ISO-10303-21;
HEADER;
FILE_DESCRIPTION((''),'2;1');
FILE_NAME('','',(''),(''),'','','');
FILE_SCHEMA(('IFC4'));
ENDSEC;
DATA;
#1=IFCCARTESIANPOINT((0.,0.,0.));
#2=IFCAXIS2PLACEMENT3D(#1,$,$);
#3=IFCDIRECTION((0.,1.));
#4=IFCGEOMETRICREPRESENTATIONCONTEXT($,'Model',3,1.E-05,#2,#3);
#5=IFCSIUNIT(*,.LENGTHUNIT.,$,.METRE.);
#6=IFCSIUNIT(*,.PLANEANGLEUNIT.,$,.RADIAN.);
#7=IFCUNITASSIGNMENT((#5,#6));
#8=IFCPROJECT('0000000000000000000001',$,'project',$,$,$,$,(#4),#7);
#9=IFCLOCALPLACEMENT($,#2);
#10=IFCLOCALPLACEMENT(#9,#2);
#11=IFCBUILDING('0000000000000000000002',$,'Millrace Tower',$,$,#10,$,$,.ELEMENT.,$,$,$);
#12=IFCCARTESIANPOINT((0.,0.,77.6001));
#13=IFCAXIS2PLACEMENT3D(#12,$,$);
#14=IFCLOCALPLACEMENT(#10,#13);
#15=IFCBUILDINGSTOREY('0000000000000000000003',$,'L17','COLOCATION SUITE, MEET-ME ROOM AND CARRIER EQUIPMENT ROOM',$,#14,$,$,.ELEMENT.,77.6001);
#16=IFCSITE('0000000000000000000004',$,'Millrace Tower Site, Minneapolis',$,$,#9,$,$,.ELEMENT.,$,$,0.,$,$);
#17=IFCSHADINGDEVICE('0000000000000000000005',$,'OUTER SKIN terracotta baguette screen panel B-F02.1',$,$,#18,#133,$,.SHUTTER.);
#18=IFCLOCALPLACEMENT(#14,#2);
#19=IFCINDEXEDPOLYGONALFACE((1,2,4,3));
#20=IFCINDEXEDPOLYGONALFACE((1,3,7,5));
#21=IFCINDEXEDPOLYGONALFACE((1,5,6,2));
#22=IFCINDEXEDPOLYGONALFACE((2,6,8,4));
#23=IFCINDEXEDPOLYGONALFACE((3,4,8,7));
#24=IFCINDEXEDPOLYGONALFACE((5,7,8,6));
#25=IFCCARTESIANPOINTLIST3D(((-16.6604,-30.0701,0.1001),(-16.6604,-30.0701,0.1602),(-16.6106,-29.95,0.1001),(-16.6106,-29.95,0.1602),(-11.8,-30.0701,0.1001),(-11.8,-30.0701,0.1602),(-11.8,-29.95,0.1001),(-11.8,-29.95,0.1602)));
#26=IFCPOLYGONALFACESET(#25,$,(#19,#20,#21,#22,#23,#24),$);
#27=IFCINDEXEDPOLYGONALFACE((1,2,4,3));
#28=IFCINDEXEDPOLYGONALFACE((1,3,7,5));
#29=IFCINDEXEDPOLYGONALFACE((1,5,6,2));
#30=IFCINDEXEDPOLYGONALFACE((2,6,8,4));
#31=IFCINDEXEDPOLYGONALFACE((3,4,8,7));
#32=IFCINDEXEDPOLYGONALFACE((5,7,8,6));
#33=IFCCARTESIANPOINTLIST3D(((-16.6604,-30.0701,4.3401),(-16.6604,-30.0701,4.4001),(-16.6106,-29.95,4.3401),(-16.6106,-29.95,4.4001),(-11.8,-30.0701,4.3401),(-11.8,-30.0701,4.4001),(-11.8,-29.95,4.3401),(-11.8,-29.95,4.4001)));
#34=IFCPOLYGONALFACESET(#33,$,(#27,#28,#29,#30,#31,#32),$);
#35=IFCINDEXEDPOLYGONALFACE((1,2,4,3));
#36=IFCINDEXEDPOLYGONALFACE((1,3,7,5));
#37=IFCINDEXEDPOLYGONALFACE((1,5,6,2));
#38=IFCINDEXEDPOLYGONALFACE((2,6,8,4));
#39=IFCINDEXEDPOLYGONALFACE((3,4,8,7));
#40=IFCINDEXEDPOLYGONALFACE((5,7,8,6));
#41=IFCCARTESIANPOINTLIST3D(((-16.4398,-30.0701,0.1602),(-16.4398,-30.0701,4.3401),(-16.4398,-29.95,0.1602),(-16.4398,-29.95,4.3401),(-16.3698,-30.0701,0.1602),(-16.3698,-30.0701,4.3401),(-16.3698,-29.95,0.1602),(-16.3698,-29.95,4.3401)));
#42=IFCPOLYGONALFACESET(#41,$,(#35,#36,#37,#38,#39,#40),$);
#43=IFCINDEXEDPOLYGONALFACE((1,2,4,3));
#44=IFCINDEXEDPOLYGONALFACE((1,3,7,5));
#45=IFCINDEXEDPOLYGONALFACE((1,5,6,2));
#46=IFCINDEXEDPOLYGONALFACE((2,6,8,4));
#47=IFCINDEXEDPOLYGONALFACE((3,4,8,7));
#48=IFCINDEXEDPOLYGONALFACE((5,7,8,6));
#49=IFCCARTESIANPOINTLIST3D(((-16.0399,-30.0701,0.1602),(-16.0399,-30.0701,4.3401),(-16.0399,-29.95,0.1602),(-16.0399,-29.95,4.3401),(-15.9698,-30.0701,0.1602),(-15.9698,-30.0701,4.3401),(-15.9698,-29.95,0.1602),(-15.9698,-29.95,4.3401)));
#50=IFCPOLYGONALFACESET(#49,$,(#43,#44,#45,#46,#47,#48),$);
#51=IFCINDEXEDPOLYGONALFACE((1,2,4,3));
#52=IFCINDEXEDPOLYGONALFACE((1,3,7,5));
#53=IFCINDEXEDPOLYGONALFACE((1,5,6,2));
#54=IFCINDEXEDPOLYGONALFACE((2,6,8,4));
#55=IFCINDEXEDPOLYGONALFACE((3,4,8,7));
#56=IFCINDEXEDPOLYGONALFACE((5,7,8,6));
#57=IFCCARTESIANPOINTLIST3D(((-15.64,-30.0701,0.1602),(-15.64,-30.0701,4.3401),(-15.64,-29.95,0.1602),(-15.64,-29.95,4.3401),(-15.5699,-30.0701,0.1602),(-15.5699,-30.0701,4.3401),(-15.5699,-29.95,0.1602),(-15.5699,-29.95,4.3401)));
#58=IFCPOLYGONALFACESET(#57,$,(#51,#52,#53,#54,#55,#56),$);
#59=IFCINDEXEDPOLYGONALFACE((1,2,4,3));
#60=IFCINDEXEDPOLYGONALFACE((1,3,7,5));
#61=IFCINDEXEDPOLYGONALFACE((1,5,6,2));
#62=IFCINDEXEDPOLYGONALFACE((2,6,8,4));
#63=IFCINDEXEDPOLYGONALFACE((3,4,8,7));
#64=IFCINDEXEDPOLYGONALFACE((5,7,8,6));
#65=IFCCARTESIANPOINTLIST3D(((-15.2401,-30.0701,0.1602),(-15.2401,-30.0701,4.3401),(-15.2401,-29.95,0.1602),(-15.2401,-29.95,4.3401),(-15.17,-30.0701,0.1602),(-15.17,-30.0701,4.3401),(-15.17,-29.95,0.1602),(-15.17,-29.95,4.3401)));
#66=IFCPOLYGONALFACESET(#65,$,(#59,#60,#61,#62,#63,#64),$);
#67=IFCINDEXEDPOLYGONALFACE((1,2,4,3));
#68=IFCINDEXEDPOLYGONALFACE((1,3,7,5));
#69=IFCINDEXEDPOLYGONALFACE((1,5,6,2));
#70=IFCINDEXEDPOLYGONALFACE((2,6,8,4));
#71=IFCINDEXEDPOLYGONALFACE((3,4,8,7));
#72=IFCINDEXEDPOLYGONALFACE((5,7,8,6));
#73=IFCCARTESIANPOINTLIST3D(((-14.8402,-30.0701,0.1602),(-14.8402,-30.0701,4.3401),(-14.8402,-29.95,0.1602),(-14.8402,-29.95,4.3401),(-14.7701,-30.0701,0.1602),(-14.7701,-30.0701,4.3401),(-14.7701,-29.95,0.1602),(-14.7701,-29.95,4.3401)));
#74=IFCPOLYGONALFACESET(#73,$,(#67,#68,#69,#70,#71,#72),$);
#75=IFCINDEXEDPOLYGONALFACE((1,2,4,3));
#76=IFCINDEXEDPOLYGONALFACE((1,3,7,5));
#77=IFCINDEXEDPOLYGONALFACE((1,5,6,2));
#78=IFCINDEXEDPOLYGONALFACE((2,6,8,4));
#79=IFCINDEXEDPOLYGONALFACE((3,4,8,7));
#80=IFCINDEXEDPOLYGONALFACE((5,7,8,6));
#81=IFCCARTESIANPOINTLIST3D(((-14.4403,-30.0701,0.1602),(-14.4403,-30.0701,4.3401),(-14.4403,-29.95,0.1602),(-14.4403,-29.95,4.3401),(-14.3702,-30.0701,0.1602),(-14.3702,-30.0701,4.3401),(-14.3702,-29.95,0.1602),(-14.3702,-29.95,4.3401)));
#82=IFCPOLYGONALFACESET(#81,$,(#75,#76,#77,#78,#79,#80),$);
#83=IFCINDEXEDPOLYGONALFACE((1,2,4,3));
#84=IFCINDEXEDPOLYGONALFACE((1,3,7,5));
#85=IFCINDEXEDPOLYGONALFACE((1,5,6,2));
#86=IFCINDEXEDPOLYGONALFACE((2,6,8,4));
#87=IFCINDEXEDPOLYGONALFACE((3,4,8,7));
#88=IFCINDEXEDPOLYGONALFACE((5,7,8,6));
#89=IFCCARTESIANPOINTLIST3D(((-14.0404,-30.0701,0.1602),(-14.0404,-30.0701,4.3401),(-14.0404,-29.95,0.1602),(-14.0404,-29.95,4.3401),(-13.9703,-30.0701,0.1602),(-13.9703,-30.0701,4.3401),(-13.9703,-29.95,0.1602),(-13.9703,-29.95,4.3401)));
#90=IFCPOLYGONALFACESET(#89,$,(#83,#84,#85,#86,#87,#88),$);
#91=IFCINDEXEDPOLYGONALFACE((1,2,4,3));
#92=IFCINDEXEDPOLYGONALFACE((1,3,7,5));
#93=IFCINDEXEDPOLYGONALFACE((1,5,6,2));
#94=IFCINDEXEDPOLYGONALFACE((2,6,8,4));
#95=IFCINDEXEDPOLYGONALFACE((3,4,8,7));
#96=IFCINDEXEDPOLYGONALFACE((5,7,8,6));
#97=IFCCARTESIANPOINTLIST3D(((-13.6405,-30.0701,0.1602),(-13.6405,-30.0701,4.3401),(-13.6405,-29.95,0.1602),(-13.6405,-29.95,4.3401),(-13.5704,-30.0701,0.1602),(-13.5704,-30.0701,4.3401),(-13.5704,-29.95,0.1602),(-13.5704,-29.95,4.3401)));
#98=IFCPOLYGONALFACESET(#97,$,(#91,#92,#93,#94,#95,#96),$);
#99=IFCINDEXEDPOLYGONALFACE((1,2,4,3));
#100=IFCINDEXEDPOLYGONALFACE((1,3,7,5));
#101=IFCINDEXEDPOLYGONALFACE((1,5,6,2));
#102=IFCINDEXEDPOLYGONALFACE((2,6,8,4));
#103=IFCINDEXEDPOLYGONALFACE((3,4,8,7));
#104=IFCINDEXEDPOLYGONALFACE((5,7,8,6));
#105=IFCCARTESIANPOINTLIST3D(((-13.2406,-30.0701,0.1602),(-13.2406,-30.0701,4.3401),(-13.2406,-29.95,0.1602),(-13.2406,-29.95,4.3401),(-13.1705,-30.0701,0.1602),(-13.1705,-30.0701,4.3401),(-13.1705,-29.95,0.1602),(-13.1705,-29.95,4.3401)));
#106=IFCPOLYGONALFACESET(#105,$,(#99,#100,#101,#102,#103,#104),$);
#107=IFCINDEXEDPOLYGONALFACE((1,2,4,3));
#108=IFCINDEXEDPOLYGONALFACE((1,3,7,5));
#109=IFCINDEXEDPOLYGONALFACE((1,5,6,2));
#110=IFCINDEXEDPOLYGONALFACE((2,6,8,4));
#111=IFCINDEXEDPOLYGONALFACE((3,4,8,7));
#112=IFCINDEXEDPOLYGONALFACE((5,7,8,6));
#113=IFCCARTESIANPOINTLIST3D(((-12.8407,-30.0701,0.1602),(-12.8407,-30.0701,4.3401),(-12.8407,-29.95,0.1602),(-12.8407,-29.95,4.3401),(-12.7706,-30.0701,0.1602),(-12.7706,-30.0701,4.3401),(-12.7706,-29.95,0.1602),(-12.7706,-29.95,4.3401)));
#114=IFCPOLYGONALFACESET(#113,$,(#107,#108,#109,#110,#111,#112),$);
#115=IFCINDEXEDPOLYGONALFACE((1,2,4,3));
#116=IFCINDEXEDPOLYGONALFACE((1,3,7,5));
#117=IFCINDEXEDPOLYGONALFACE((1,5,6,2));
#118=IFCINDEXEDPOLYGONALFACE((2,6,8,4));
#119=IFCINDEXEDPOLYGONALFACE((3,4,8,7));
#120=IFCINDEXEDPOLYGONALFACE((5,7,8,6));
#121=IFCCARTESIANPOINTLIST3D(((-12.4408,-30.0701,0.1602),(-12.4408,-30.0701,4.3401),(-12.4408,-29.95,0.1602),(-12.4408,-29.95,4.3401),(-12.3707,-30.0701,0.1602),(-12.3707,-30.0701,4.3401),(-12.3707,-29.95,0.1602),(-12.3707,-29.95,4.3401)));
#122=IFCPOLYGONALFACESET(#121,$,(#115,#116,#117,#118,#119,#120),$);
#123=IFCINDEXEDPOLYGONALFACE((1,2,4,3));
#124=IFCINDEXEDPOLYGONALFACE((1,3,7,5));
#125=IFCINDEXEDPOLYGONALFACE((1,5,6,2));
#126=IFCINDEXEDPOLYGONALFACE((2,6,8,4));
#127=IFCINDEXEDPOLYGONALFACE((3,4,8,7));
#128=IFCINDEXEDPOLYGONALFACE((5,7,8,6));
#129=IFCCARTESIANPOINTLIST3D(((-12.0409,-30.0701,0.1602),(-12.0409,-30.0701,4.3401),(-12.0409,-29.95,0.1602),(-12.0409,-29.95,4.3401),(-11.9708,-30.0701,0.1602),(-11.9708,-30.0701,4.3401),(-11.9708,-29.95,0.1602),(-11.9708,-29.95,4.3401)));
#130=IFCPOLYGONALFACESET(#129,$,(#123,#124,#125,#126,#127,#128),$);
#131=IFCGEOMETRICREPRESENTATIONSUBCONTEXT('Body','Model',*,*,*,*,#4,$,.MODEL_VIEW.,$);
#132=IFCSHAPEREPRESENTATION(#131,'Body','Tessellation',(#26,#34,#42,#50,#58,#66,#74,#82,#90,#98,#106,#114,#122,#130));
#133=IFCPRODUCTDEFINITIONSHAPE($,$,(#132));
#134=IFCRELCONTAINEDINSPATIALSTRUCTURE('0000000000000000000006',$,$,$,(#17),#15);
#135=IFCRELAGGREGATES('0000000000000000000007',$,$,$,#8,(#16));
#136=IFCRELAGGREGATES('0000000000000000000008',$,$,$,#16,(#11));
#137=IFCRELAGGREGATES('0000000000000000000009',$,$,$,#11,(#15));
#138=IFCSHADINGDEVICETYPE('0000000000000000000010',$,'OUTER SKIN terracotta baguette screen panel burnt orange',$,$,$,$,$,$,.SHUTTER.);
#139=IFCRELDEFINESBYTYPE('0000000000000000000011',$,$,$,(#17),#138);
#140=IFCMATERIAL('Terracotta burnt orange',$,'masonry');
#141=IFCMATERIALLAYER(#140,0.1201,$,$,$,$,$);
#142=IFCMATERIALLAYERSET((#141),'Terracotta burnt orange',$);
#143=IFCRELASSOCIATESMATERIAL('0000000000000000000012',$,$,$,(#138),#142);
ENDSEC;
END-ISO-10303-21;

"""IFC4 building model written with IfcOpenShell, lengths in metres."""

from ifc_helpers import new_model, entity, si_unit, direction, frame, frame_2d, origin, place, context, subcontext, project, spatial, rectangle, extrude, source, transform, mapped, material, layer, layer_set, type_object, element, save


model = new_model("IFC4")

# Units and contexts
model_context = context("Model", 3, precision=1e-05, world=origin(), true_north=direction((0.0, 1.0)))
body_context = subcontext(model_context, "Body", "Model", "MODEL_VIEW")
ifc_project = project(units=[si_unit("LENGTHUNIT", "METRE"), si_unit("PLANEANGLEUNIT", "RADIAN")], contexts=[model_context])

# Site, building, storey
site_placement = place(None, origin())
site = spatial("IfcSite", under=ifc_project, at=site_placement, Name="Millrace Tower Site, Minneapolis", CompositionType="ELEMENT", RefElevation=0.0)
building_placement = place(site_placement, origin())
building = spatial("IfcBuilding", under=site, at=building_placement, Name="Millrace Tower", CompositionType="ELEMENT")
storey_placement = place(building_placement, frame((0.0, 0.0, 77.6001)))
storey = spatial("IfcBuildingStorey", under=building, at=storey_placement, Name="L17", Description="COLOCATION SUITE, MEET-ME ROOM AND CARRIER EQUIPMENT ROOM", CompositionType="ELEMENT", Elevation=77.6001)

# Shading device
ifc_material_1 = material(Name="Terracotta burnt orange", Category="masonry")
ifc_layer_1 = layer(ifc_material_1, 0.1201)
ifc_layer_set_1 = layer_set([ifc_layer_1], Name="Terracotta burnt orange")
shading_device_type = type_object("IfcShadingDeviceType", Name="OUTER SKIN terracotta baguette screen panel burnt orange", PredefinedType="SHUTTER", material=ifc_layer_set_1)
cartesian_point_1 = entity("IfcCartesianPoint", [-2.3928, 0.0601])
shared_polyline_1 = entity("IfcPolyline", [cartesian_point_1, entity("IfcCartesianPoint", [2.4177, 0.0601]), entity("IfcCartesianPoint", [2.4177, -0.0601]), entity("IfcCartesianPoint", [-2.4426, -0.0601]), cartesian_point_1])
shared_shape_1 = source(origin(), body_context, "Body", "SweptSolid", [
    entity("IfcExtrudedAreaSolid", entity("IfcArbitraryClosedProfileDef", "AREA", None, shared_polyline_1), entity("IfcAxis2Placement3D", entity("IfcCartesianPoint", [0.0, 0.0, 0.0])), entity("IfcDirection", [0.0, 0.0, 1.0]), 0.0601),
    entity("IfcExtrudedAreaSolid", entity("IfcArbitraryClosedProfileDef", "AREA", None, shared_polyline_1), entity("IfcAxis2Placement3D", entity("IfcCartesianPoint", [0.0, 0.0, 4.24])), entity("IfcDirection", [0.0, 0.0, 1.0]), 0.0601),
    extrude(rectangle(XDim=0.0701, YDim=0.1201, at=frame_2d((-2.187, 0.0))), frame((0.0, 0.0, 0.0601)), (0.0, 0.0, 1.0), 4.1799),
    extrude(rectangle(XDim=0.0701, YDim=0.1201, at=frame_2d((-1.7871, 0.0))), frame((0.0, 0.0, 0.0601)), (0.0, 0.0, 1.0), 4.1799),
    extrude(rectangle(XDim=0.0701, YDim=0.1201, at=frame_2d((-1.3872, 0.0))), frame((0.0, 0.0, 0.0601)), (0.0, 0.0, 1.0), 4.1799),
    extrude(rectangle(XDim=0.0701, YDim=0.1201, at=frame_2d((-0.9873, 0.0))), frame((0.0, 0.0, 0.0601)), (0.0, 0.0, 1.0), 4.1799),
    extrude(rectangle(XDim=0.0701, YDim=0.1201, at=frame_2d((-0.5874, 0.0))), frame((0.0, 0.0, 0.0601)), (0.0, 0.0, 1.0), 4.1799),
    extrude(rectangle(XDim=0.0701, YDim=0.1201, at=frame_2d((-0.1875, 0.0))), frame((0.0, 0.0, 0.0601)), (0.0, 0.0, 1.0), 4.1799),
    extrude(rectangle(XDim=0.0701, YDim=0.1201, at=frame_2d((0.2124, 0.0))), frame((0.0, 0.0, 0.0601)), (0.0, 0.0, 1.0), 4.1799),
    extrude(rectangle(XDim=0.0701, YDim=0.1201, at=frame_2d((0.6123, 0.0))), frame((0.0, 0.0, 0.0601)), (0.0, 0.0, 1.0), 4.1799),
    extrude(rectangle(XDim=0.0701, YDim=0.1201, at=frame_2d((1.0122, 0.0))), frame((0.0, 0.0, 0.0601)), (0.0, 0.0, 1.0), 4.1799),
    extrude(rectangle(XDim=0.0701, YDim=0.1201, at=frame_2d((1.4121, 0.0))), frame((0.0, 0.0, 0.0601)), (0.0, 0.0, 1.0), 4.1799),
    extrude(rectangle(XDim=0.0701, YDim=0.1201, at=frame_2d((1.812, 0.0))), frame((0.0, 0.0, 0.0601)), (0.0, 0.0, 1.0), 4.1799),
    extrude(rectangle(XDim=0.0701, YDim=0.1201, at=frame_2d((2.2119, 0.0))), frame((0.0, 0.0, 0.0601)), (0.0, 0.0, 1.0), 4.1799),
])
shading_device_placement = place(storey_placement, frame((-14.2178, -30.01, 0.1001), z_axis=(0.0, 0.0, 1.0), x_axis=(1.0, 0.0, 0.0)))
element("IfcShadingDevice", 1, at=shading_device_placement, inside=storey, type_object=shading_device_type, Name="OUTER SKIN terracotta baguette screen panel B-F02.1", PredefinedType="SHUTTER", context=body_context, shape_type="MappedRepresentation", body=[
    mapped(shared_shape_1, transform((0.0, 0.0, 0.0), scale=1.0)),
])

save(model, "model.ifc")
